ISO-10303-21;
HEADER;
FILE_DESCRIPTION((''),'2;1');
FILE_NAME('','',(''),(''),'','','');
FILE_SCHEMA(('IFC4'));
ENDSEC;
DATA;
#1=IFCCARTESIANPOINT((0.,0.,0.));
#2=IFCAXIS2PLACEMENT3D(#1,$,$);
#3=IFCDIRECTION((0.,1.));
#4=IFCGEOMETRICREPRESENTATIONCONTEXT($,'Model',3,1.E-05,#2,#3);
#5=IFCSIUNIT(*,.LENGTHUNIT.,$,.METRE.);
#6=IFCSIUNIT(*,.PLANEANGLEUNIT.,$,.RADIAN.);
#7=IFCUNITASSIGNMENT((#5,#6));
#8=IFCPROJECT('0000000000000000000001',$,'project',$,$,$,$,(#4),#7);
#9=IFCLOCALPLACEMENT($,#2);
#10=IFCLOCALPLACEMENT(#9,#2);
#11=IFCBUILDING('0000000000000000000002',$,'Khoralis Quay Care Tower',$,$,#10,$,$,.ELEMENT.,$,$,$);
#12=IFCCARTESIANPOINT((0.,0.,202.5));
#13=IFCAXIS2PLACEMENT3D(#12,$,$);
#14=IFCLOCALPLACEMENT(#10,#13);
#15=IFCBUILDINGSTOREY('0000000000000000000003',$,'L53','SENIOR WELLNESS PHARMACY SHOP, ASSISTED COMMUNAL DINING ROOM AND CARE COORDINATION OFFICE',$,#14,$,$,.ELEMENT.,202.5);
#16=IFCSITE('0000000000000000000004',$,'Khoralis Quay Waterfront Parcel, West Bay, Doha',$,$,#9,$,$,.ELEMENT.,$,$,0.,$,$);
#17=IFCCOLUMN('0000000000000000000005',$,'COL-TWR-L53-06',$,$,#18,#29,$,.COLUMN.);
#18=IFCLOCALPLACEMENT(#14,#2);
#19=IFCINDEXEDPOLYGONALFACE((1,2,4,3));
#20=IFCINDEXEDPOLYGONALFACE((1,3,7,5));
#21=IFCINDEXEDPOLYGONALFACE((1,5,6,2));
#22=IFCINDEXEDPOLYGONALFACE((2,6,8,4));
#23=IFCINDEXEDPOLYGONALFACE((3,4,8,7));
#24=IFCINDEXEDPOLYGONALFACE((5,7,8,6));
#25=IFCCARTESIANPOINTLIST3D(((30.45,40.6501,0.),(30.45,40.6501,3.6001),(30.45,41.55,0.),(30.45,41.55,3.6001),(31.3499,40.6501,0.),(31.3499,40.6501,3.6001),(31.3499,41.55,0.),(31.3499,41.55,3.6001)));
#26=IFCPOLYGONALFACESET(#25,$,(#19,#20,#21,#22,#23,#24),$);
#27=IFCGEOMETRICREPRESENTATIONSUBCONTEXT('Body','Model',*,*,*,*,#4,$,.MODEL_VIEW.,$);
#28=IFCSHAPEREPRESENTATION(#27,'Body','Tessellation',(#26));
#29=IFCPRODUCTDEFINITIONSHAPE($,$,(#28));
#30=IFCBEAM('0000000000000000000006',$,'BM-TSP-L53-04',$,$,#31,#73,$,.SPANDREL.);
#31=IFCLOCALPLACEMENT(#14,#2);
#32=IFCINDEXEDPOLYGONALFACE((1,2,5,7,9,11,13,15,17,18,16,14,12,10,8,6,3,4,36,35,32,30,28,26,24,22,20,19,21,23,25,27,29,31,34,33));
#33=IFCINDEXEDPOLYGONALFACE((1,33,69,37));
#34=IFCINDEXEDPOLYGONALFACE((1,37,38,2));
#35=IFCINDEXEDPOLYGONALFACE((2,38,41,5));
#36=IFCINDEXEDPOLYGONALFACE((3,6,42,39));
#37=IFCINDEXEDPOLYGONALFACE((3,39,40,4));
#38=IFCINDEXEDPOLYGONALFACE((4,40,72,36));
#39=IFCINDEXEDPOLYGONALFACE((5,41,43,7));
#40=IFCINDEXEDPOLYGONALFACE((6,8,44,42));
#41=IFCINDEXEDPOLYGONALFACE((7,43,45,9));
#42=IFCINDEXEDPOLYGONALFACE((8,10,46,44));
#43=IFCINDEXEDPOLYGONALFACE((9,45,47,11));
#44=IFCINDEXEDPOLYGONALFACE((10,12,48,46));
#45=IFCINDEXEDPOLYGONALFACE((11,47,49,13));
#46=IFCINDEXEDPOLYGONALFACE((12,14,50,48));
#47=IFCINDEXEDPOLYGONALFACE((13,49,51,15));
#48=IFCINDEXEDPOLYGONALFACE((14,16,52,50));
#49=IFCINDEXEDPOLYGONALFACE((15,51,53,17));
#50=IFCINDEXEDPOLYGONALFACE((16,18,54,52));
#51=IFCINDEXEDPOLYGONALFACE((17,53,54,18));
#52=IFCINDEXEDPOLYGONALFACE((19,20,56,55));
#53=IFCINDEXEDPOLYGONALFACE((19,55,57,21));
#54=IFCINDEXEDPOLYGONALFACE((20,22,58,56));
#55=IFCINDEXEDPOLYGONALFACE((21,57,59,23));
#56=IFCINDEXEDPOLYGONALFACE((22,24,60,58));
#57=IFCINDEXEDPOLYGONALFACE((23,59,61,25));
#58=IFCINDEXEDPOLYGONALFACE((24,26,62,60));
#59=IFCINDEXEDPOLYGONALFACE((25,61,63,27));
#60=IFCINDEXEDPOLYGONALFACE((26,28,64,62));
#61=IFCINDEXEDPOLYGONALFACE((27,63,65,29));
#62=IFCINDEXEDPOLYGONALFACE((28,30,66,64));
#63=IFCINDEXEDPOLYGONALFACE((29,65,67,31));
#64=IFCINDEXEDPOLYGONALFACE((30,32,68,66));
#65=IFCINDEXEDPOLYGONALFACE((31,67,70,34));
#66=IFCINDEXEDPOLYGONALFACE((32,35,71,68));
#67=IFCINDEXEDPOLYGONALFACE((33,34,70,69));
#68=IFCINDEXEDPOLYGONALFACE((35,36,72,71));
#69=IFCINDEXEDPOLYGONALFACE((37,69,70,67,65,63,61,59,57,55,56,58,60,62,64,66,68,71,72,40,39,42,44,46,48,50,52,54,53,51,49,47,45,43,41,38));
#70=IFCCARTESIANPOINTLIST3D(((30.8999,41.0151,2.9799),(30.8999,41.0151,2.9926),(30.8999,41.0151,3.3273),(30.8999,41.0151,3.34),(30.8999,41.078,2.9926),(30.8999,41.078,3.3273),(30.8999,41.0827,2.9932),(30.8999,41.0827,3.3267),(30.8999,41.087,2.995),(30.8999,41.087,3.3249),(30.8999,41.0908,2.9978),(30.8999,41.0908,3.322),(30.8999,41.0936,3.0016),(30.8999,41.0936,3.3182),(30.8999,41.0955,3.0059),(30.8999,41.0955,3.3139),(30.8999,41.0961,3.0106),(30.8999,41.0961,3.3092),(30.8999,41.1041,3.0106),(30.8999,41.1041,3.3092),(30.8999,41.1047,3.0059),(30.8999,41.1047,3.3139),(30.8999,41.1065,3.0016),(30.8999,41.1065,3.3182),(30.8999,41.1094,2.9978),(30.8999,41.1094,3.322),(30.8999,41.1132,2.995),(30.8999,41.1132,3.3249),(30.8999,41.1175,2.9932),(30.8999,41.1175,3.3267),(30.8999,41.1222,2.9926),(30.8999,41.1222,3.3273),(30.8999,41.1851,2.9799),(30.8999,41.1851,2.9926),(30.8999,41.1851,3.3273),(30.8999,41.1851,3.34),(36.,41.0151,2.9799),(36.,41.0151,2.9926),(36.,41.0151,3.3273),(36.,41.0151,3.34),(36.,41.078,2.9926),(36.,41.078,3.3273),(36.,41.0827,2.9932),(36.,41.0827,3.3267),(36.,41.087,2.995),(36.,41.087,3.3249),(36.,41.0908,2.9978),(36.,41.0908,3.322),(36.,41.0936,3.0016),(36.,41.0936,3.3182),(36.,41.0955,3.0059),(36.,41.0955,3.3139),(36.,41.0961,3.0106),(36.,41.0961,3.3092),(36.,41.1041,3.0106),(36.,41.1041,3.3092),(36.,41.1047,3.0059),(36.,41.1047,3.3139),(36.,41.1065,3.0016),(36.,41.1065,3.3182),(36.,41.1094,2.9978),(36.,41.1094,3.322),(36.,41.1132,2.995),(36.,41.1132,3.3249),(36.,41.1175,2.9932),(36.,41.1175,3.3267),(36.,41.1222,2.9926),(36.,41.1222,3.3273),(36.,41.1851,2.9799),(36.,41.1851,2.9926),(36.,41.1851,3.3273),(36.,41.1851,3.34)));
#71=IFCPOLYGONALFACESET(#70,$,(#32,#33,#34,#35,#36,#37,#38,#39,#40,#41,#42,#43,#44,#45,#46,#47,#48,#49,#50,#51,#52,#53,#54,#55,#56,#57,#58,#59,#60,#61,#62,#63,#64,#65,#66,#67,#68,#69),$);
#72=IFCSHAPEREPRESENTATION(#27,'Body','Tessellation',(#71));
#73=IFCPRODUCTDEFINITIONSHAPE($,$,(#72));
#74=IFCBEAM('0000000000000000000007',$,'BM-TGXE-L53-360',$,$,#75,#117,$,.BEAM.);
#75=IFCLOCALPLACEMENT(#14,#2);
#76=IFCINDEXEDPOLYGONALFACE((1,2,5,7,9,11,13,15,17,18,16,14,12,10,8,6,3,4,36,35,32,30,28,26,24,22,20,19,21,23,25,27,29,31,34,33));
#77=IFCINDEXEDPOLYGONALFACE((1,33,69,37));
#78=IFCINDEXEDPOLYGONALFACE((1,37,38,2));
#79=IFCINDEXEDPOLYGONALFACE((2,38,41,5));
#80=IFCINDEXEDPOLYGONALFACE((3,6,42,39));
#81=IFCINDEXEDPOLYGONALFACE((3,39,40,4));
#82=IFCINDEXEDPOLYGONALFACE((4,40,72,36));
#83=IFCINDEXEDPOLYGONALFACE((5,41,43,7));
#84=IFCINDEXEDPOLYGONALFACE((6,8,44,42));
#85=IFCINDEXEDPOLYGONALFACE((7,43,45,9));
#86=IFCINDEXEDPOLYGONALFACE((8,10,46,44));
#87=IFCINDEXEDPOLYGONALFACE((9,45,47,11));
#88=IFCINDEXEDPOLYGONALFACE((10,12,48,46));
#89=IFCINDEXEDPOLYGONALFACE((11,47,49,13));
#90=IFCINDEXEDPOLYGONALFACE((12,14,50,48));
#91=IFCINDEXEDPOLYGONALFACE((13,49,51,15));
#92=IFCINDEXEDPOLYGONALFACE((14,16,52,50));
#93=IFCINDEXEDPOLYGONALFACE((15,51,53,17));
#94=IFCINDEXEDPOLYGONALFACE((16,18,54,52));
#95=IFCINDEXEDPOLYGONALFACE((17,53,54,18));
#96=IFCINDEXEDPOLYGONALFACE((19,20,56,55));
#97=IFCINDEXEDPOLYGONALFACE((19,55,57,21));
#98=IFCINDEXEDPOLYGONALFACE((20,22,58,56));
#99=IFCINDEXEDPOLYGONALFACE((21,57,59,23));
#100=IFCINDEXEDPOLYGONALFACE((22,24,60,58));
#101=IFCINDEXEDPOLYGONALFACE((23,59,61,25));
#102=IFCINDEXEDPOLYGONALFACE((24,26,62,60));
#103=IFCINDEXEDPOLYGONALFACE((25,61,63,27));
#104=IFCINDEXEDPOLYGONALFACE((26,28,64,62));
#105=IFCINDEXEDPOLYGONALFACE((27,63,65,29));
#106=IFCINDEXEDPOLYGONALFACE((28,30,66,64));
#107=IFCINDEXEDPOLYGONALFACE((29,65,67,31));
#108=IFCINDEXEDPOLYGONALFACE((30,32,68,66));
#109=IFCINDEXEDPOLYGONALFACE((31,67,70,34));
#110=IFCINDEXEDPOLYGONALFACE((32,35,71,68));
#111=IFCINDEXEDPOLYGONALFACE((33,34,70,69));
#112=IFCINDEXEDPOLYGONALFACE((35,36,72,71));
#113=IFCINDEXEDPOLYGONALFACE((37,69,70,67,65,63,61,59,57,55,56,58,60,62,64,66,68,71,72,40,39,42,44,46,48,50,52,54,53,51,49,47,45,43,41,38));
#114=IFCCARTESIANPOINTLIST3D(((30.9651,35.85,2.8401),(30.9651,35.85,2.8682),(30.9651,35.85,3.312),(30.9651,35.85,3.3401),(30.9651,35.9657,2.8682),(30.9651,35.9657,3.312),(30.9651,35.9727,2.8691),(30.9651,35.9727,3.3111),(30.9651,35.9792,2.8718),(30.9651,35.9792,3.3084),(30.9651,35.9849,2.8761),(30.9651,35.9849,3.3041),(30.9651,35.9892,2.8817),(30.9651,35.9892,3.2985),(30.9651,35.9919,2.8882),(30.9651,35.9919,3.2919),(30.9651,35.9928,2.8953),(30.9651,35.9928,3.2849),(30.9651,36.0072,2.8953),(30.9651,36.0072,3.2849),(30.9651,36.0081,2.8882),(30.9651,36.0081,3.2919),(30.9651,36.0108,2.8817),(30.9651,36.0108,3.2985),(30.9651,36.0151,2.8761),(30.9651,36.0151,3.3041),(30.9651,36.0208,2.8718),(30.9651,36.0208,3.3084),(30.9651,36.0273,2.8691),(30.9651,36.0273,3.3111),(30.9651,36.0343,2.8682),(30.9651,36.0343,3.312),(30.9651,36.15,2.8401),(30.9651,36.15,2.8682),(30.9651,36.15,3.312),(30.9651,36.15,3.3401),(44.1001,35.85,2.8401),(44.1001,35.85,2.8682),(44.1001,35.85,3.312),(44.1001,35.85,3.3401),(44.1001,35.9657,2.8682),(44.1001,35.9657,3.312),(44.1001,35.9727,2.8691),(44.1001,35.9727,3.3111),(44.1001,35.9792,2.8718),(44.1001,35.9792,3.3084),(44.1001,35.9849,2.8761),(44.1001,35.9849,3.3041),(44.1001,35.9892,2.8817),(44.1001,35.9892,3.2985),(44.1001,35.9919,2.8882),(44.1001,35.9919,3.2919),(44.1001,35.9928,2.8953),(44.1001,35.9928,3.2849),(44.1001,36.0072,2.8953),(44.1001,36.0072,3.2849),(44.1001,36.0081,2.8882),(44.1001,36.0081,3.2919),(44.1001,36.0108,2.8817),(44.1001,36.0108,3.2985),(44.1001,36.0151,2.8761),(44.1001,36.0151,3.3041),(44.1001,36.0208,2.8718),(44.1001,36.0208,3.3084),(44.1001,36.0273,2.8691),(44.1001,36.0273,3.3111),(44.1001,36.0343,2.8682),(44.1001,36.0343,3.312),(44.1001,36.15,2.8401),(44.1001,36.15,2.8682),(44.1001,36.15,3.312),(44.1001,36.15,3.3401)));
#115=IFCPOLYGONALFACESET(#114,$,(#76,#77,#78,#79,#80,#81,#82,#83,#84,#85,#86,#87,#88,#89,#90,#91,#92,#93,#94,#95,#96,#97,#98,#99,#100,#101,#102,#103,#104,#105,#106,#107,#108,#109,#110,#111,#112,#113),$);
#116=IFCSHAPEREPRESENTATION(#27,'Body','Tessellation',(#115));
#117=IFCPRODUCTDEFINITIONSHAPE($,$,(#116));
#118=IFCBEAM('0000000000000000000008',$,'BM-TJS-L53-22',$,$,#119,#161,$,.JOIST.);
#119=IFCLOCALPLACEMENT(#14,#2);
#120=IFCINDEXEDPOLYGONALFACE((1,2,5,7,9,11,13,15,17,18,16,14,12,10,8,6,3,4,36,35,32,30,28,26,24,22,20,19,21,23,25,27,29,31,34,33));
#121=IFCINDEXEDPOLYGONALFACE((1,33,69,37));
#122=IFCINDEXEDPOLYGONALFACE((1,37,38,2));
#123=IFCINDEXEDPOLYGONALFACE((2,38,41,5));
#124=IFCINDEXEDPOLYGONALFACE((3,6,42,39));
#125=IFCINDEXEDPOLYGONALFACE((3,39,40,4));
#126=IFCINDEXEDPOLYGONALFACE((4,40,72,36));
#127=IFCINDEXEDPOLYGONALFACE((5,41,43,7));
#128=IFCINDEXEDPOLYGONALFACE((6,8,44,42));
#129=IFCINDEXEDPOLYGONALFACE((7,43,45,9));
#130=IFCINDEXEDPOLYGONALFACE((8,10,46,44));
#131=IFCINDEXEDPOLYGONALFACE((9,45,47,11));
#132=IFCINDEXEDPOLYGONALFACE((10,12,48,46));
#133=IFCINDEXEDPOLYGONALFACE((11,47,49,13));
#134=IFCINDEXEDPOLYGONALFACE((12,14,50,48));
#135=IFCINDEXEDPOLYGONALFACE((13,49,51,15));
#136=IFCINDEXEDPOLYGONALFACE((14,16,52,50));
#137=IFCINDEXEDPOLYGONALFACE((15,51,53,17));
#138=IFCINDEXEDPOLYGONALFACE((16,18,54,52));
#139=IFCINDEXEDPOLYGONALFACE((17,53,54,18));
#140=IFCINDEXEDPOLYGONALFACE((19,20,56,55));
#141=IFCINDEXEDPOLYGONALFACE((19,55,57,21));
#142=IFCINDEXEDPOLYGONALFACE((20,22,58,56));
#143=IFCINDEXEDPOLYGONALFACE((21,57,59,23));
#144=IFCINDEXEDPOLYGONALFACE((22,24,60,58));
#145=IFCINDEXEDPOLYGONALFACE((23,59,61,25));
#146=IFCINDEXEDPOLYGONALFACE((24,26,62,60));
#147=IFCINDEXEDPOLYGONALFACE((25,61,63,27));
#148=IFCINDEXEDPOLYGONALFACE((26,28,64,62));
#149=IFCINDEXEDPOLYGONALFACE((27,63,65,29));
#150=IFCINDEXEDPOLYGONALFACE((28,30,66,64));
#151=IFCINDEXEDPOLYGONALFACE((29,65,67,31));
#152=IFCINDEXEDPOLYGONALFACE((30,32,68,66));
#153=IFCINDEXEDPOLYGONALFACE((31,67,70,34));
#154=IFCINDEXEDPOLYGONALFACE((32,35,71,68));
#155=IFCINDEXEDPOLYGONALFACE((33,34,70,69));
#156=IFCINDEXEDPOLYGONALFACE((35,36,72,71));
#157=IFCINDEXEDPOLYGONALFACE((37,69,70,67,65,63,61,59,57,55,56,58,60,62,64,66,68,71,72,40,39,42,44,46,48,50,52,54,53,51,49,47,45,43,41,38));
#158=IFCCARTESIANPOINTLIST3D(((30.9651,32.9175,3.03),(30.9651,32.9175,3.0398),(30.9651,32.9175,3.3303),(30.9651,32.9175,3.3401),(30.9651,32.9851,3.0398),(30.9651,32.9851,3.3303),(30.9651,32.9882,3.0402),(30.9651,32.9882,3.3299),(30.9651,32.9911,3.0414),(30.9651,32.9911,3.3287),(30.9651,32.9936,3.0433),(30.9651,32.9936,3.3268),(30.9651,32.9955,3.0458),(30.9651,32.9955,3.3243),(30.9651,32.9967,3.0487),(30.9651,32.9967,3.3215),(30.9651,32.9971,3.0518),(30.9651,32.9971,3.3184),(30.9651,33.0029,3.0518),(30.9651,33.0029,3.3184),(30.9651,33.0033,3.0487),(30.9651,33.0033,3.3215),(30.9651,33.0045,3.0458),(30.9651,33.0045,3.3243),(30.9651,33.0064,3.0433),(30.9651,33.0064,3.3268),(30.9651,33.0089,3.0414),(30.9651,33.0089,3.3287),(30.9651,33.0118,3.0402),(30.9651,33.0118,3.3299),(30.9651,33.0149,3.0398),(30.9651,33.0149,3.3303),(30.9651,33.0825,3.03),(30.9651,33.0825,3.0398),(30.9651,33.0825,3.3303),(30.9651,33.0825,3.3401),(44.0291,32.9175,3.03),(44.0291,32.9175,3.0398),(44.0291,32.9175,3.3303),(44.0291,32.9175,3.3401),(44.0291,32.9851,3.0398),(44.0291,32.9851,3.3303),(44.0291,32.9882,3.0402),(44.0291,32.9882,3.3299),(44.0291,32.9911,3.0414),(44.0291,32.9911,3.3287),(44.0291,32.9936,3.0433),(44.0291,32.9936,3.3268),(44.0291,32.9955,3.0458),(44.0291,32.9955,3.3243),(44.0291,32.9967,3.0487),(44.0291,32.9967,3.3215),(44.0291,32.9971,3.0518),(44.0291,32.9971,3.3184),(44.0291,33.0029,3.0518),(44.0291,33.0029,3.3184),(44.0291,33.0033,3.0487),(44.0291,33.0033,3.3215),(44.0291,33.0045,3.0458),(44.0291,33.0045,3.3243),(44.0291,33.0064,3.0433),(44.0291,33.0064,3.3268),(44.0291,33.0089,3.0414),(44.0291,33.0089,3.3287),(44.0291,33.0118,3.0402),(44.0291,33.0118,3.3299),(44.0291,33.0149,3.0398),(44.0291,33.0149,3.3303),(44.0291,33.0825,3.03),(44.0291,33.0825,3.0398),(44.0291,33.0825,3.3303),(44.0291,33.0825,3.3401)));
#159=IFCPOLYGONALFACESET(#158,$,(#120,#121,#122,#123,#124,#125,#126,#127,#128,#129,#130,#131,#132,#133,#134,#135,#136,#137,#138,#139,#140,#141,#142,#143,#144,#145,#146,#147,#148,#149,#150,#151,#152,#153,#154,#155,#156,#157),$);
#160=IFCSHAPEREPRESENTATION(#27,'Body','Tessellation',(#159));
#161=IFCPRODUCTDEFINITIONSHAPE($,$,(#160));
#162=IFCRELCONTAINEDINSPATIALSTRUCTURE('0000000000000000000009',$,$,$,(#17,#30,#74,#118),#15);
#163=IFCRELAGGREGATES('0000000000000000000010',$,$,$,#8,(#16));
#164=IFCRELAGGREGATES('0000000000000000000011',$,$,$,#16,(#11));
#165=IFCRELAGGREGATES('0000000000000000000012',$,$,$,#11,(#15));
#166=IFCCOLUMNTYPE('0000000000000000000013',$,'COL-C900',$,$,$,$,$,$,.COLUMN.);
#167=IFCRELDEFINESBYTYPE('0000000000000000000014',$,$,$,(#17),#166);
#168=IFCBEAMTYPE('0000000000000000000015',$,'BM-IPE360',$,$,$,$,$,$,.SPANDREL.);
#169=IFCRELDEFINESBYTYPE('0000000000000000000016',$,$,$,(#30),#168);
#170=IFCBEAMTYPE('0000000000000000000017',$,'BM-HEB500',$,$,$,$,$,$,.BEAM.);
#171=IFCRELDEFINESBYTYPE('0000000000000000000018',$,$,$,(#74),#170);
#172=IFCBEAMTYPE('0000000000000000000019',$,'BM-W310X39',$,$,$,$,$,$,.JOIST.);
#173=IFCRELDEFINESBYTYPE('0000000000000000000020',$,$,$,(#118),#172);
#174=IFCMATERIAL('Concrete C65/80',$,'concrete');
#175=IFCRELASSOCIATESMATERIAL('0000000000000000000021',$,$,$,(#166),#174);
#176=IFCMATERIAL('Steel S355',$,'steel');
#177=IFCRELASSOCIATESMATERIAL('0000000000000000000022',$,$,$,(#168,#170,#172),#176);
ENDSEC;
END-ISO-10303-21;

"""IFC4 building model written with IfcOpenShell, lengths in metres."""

from ifc_helpers import new_model, si_unit, direction, frame, origin, origin_2d, place, context, subcontext, project, spatial, rectangle, i_section, extrude, source, transform, mapped, material, material_profile, profile_set, type_object, element, save


model = new_model("IFC4")

# Units and contexts
model_context = context("Model", 3, precision=1e-05, world=origin(), true_north=direction((0.0, 1.0)))
body_context = subcontext(model_context, "Body", "Model", "MODEL_VIEW")
ifc_project = project(units=[si_unit("LENGTHUNIT", "METRE"), si_unit("PLANEANGLEUNIT", "RADIAN")], contexts=[model_context])

# Site, building, storey
site_placement = place(None, origin())
site = spatial("IfcSite", under=ifc_project, at=site_placement, Name="Khoralis Quay Waterfront Parcel, West Bay, Doha", CompositionType="ELEMENT", RefElevation=0.0)
building_placement = place(site_placement, origin())
building = spatial("IfcBuilding", under=site, at=building_placement, Name="Khoralis Quay Care Tower", CompositionType="ELEMENT")
storey_placement = place(building_placement, frame((0.0, 0.0, 202.5)))
storey = spatial("IfcBuildingStorey", under=building, at=storey_placement, Name="L53", Description="SENIOR WELLNESS PHARMACY SHOP, ASSISTED COMMUNAL DINING ROOM AND CARE COORDINATION OFFICE", CompositionType="ELEMENT", Elevation=202.5)

# Column
ifc_material_1 = material(Name="Concrete C65/80", Category="concrete")
ifc_material_profile_1 = material_profile(ifc_material_1, rectangle(XDim=0.8999, YDim=0.8999, at=origin_2d()), Name="Concrete C65/80")
ifc_profile_set_1 = profile_set([ifc_material_profile_1], Name="Concrete C65/80")
column_type = type_object("IfcColumnType", Name="COL-C900", PredefinedType="COLUMN", material=ifc_profile_set_1)
shared_shape_1 = source(origin(), body_context, "Body", "SweptSolid", [
    extrude(rectangle(XDim=0.8999, YDim=0.8999, at=origin_2d()), origin(), (0.0, 0.0, 1.0), 3.6001),
])
column_placement = place(storey_placement, frame((30.8999, 41.1001, 0.0), z_axis=(0.0, 0.0, 1.0), x_axis=(1.0, 0.0, 0.0)))
element("IfcColumn", 1, at=column_placement, inside=storey, type_object=column_type, Name="COL-TWR-L53-06", PredefinedType="COLUMN", context=body_context, shape_type="MappedRepresentation", body=[
    mapped(shared_shape_1, transform((0.0, 0.0, 0.0), scale=1.0)),
])

# Beams
ifc_material_2 = material(Name="Steel S355", Category="steel")
ifc_material_profile_2 = material_profile(ifc_material_2, i_section(OverallWidth=0.1699, OverallDepth=0.3601, WebThickness=0.0081, FlangeThickness=0.0127, FilletRadius=0.0181, at=origin_2d()), Name="Steel S355")
ifc_profile_set_2 = profile_set([ifc_material_profile_2], Name="Steel S355")
beam_type_1 = type_object("IfcBeamType", Name="BM-IPE360", PredefinedType="SPANDREL", material=ifc_profile_set_2)
shared_shape_2 = source(origin(), body_context, "Body", "SweptSolid", [
    extrude(i_section(OverallWidth=0.1699, OverallDepth=0.3601, WebThickness=0.0081, FlangeThickness=0.0127, FilletRadius=0.0181, at=origin_2d()), origin(), (0.0, 0.0, 1.0), 5.1001),
])
beam_1_placement = place(storey_placement, frame((30.8999, 41.1001, 3.1599), z_axis=(1.0, 0.0, 0.0), x_axis=(0.0, 1.0, 0.0)))
element("IfcBeam", 2, at=beam_1_placement, inside=storey, type_object=beam_type_1, Name="BM-TSP-L53-04", PredefinedType="SPANDREL", context=body_context, shape_type="MappedRepresentation", body=[
    mapped(shared_shape_2, transform((0.0, 0.0, 0.0), scale=1.0)),
])
ifc_material_profile_3 = material_profile(ifc_material_2, i_section(OverallWidth=0.3, OverallDepth=0.5, WebThickness=0.0144, FlangeThickness=0.0281, FilletRadius=0.0271, at=origin_2d()), Name="Steel S355")
ifc_profile_set_3 = profile_set([ifc_material_profile_3], Name="Steel S355")
beam_type_2 = type_object("IfcBeamType", Name="BM-HEB500", PredefinedType="BEAM", material=ifc_profile_set_3)
shared_shape_3 = source(origin(), body_context, "Body", "SweptSolid", [
    extrude(i_section(OverallWidth=0.3, OverallDepth=0.5, WebThickness=0.0144, FlangeThickness=0.0281, FilletRadius=0.0271, at=origin_2d()), origin(), (0.0, 0.0, 1.0), 13.135),
])
beam_2_placement = place(storey_placement, frame((30.9651, 36.0, 3.0901), z_axis=(1.0, 0.0, 0.0), x_axis=(0.0, 1.0, 0.0)))
element("IfcBeam", 3, at=beam_2_placement, inside=storey, type_object=beam_type_2, Name="BM-TGXE-L53-360", PredefinedType="BEAM", context=body_context, shape_type="MappedRepresentation", body=[
    mapped(shared_shape_3, transform((0.0, 0.0, 0.0), scale=1.0)),
])
ifc_material_profile_4 = material_profile(ifc_material_2, i_section(OverallWidth=0.165, OverallDepth=0.3101, WebThickness=0.0059, FlangeThickness=0.0098, FilletRadius=0.012, at=origin_2d()), Name="Steel S355")
ifc_profile_set_4 = profile_set([ifc_material_profile_4], Name="Steel S355")
beam_type_3 = type_object("IfcBeamType", Name="BM-W310X39", PredefinedType="JOIST", material=ifc_profile_set_4)
shared_shape_4 = source(origin(), body_context, "Body", "SweptSolid", [
    extrude(i_section(OverallWidth=0.165, OverallDepth=0.3101, WebThickness=0.0059, FlangeThickness=0.0098, FilletRadius=0.012, at=origin_2d()), origin(), (0.0, 0.0, 1.0), 13.064),
])
for number, where, z_axis, x_axis, name in (
    (4, (30.9651, 33.0, 3.1851), (1.0, 0.0, 0.0), (0.0, 1.0, 0.0), "BM-TJS-L53-22"),
):
    element("IfcBeam", number, at=place(storey_placement, frame(where, z_axis=z_axis, x_axis=x_axis)), inside=storey, type_object=beam_type_3, Name=name, PredefinedType="JOIST", context=body_context, shape_type="MappedRepresentation", body=[
        mapped(shared_shape_4, transform((0.0, 0.0, 0.0), scale=1.0)),
    ])

save(model, "model.ifc")
